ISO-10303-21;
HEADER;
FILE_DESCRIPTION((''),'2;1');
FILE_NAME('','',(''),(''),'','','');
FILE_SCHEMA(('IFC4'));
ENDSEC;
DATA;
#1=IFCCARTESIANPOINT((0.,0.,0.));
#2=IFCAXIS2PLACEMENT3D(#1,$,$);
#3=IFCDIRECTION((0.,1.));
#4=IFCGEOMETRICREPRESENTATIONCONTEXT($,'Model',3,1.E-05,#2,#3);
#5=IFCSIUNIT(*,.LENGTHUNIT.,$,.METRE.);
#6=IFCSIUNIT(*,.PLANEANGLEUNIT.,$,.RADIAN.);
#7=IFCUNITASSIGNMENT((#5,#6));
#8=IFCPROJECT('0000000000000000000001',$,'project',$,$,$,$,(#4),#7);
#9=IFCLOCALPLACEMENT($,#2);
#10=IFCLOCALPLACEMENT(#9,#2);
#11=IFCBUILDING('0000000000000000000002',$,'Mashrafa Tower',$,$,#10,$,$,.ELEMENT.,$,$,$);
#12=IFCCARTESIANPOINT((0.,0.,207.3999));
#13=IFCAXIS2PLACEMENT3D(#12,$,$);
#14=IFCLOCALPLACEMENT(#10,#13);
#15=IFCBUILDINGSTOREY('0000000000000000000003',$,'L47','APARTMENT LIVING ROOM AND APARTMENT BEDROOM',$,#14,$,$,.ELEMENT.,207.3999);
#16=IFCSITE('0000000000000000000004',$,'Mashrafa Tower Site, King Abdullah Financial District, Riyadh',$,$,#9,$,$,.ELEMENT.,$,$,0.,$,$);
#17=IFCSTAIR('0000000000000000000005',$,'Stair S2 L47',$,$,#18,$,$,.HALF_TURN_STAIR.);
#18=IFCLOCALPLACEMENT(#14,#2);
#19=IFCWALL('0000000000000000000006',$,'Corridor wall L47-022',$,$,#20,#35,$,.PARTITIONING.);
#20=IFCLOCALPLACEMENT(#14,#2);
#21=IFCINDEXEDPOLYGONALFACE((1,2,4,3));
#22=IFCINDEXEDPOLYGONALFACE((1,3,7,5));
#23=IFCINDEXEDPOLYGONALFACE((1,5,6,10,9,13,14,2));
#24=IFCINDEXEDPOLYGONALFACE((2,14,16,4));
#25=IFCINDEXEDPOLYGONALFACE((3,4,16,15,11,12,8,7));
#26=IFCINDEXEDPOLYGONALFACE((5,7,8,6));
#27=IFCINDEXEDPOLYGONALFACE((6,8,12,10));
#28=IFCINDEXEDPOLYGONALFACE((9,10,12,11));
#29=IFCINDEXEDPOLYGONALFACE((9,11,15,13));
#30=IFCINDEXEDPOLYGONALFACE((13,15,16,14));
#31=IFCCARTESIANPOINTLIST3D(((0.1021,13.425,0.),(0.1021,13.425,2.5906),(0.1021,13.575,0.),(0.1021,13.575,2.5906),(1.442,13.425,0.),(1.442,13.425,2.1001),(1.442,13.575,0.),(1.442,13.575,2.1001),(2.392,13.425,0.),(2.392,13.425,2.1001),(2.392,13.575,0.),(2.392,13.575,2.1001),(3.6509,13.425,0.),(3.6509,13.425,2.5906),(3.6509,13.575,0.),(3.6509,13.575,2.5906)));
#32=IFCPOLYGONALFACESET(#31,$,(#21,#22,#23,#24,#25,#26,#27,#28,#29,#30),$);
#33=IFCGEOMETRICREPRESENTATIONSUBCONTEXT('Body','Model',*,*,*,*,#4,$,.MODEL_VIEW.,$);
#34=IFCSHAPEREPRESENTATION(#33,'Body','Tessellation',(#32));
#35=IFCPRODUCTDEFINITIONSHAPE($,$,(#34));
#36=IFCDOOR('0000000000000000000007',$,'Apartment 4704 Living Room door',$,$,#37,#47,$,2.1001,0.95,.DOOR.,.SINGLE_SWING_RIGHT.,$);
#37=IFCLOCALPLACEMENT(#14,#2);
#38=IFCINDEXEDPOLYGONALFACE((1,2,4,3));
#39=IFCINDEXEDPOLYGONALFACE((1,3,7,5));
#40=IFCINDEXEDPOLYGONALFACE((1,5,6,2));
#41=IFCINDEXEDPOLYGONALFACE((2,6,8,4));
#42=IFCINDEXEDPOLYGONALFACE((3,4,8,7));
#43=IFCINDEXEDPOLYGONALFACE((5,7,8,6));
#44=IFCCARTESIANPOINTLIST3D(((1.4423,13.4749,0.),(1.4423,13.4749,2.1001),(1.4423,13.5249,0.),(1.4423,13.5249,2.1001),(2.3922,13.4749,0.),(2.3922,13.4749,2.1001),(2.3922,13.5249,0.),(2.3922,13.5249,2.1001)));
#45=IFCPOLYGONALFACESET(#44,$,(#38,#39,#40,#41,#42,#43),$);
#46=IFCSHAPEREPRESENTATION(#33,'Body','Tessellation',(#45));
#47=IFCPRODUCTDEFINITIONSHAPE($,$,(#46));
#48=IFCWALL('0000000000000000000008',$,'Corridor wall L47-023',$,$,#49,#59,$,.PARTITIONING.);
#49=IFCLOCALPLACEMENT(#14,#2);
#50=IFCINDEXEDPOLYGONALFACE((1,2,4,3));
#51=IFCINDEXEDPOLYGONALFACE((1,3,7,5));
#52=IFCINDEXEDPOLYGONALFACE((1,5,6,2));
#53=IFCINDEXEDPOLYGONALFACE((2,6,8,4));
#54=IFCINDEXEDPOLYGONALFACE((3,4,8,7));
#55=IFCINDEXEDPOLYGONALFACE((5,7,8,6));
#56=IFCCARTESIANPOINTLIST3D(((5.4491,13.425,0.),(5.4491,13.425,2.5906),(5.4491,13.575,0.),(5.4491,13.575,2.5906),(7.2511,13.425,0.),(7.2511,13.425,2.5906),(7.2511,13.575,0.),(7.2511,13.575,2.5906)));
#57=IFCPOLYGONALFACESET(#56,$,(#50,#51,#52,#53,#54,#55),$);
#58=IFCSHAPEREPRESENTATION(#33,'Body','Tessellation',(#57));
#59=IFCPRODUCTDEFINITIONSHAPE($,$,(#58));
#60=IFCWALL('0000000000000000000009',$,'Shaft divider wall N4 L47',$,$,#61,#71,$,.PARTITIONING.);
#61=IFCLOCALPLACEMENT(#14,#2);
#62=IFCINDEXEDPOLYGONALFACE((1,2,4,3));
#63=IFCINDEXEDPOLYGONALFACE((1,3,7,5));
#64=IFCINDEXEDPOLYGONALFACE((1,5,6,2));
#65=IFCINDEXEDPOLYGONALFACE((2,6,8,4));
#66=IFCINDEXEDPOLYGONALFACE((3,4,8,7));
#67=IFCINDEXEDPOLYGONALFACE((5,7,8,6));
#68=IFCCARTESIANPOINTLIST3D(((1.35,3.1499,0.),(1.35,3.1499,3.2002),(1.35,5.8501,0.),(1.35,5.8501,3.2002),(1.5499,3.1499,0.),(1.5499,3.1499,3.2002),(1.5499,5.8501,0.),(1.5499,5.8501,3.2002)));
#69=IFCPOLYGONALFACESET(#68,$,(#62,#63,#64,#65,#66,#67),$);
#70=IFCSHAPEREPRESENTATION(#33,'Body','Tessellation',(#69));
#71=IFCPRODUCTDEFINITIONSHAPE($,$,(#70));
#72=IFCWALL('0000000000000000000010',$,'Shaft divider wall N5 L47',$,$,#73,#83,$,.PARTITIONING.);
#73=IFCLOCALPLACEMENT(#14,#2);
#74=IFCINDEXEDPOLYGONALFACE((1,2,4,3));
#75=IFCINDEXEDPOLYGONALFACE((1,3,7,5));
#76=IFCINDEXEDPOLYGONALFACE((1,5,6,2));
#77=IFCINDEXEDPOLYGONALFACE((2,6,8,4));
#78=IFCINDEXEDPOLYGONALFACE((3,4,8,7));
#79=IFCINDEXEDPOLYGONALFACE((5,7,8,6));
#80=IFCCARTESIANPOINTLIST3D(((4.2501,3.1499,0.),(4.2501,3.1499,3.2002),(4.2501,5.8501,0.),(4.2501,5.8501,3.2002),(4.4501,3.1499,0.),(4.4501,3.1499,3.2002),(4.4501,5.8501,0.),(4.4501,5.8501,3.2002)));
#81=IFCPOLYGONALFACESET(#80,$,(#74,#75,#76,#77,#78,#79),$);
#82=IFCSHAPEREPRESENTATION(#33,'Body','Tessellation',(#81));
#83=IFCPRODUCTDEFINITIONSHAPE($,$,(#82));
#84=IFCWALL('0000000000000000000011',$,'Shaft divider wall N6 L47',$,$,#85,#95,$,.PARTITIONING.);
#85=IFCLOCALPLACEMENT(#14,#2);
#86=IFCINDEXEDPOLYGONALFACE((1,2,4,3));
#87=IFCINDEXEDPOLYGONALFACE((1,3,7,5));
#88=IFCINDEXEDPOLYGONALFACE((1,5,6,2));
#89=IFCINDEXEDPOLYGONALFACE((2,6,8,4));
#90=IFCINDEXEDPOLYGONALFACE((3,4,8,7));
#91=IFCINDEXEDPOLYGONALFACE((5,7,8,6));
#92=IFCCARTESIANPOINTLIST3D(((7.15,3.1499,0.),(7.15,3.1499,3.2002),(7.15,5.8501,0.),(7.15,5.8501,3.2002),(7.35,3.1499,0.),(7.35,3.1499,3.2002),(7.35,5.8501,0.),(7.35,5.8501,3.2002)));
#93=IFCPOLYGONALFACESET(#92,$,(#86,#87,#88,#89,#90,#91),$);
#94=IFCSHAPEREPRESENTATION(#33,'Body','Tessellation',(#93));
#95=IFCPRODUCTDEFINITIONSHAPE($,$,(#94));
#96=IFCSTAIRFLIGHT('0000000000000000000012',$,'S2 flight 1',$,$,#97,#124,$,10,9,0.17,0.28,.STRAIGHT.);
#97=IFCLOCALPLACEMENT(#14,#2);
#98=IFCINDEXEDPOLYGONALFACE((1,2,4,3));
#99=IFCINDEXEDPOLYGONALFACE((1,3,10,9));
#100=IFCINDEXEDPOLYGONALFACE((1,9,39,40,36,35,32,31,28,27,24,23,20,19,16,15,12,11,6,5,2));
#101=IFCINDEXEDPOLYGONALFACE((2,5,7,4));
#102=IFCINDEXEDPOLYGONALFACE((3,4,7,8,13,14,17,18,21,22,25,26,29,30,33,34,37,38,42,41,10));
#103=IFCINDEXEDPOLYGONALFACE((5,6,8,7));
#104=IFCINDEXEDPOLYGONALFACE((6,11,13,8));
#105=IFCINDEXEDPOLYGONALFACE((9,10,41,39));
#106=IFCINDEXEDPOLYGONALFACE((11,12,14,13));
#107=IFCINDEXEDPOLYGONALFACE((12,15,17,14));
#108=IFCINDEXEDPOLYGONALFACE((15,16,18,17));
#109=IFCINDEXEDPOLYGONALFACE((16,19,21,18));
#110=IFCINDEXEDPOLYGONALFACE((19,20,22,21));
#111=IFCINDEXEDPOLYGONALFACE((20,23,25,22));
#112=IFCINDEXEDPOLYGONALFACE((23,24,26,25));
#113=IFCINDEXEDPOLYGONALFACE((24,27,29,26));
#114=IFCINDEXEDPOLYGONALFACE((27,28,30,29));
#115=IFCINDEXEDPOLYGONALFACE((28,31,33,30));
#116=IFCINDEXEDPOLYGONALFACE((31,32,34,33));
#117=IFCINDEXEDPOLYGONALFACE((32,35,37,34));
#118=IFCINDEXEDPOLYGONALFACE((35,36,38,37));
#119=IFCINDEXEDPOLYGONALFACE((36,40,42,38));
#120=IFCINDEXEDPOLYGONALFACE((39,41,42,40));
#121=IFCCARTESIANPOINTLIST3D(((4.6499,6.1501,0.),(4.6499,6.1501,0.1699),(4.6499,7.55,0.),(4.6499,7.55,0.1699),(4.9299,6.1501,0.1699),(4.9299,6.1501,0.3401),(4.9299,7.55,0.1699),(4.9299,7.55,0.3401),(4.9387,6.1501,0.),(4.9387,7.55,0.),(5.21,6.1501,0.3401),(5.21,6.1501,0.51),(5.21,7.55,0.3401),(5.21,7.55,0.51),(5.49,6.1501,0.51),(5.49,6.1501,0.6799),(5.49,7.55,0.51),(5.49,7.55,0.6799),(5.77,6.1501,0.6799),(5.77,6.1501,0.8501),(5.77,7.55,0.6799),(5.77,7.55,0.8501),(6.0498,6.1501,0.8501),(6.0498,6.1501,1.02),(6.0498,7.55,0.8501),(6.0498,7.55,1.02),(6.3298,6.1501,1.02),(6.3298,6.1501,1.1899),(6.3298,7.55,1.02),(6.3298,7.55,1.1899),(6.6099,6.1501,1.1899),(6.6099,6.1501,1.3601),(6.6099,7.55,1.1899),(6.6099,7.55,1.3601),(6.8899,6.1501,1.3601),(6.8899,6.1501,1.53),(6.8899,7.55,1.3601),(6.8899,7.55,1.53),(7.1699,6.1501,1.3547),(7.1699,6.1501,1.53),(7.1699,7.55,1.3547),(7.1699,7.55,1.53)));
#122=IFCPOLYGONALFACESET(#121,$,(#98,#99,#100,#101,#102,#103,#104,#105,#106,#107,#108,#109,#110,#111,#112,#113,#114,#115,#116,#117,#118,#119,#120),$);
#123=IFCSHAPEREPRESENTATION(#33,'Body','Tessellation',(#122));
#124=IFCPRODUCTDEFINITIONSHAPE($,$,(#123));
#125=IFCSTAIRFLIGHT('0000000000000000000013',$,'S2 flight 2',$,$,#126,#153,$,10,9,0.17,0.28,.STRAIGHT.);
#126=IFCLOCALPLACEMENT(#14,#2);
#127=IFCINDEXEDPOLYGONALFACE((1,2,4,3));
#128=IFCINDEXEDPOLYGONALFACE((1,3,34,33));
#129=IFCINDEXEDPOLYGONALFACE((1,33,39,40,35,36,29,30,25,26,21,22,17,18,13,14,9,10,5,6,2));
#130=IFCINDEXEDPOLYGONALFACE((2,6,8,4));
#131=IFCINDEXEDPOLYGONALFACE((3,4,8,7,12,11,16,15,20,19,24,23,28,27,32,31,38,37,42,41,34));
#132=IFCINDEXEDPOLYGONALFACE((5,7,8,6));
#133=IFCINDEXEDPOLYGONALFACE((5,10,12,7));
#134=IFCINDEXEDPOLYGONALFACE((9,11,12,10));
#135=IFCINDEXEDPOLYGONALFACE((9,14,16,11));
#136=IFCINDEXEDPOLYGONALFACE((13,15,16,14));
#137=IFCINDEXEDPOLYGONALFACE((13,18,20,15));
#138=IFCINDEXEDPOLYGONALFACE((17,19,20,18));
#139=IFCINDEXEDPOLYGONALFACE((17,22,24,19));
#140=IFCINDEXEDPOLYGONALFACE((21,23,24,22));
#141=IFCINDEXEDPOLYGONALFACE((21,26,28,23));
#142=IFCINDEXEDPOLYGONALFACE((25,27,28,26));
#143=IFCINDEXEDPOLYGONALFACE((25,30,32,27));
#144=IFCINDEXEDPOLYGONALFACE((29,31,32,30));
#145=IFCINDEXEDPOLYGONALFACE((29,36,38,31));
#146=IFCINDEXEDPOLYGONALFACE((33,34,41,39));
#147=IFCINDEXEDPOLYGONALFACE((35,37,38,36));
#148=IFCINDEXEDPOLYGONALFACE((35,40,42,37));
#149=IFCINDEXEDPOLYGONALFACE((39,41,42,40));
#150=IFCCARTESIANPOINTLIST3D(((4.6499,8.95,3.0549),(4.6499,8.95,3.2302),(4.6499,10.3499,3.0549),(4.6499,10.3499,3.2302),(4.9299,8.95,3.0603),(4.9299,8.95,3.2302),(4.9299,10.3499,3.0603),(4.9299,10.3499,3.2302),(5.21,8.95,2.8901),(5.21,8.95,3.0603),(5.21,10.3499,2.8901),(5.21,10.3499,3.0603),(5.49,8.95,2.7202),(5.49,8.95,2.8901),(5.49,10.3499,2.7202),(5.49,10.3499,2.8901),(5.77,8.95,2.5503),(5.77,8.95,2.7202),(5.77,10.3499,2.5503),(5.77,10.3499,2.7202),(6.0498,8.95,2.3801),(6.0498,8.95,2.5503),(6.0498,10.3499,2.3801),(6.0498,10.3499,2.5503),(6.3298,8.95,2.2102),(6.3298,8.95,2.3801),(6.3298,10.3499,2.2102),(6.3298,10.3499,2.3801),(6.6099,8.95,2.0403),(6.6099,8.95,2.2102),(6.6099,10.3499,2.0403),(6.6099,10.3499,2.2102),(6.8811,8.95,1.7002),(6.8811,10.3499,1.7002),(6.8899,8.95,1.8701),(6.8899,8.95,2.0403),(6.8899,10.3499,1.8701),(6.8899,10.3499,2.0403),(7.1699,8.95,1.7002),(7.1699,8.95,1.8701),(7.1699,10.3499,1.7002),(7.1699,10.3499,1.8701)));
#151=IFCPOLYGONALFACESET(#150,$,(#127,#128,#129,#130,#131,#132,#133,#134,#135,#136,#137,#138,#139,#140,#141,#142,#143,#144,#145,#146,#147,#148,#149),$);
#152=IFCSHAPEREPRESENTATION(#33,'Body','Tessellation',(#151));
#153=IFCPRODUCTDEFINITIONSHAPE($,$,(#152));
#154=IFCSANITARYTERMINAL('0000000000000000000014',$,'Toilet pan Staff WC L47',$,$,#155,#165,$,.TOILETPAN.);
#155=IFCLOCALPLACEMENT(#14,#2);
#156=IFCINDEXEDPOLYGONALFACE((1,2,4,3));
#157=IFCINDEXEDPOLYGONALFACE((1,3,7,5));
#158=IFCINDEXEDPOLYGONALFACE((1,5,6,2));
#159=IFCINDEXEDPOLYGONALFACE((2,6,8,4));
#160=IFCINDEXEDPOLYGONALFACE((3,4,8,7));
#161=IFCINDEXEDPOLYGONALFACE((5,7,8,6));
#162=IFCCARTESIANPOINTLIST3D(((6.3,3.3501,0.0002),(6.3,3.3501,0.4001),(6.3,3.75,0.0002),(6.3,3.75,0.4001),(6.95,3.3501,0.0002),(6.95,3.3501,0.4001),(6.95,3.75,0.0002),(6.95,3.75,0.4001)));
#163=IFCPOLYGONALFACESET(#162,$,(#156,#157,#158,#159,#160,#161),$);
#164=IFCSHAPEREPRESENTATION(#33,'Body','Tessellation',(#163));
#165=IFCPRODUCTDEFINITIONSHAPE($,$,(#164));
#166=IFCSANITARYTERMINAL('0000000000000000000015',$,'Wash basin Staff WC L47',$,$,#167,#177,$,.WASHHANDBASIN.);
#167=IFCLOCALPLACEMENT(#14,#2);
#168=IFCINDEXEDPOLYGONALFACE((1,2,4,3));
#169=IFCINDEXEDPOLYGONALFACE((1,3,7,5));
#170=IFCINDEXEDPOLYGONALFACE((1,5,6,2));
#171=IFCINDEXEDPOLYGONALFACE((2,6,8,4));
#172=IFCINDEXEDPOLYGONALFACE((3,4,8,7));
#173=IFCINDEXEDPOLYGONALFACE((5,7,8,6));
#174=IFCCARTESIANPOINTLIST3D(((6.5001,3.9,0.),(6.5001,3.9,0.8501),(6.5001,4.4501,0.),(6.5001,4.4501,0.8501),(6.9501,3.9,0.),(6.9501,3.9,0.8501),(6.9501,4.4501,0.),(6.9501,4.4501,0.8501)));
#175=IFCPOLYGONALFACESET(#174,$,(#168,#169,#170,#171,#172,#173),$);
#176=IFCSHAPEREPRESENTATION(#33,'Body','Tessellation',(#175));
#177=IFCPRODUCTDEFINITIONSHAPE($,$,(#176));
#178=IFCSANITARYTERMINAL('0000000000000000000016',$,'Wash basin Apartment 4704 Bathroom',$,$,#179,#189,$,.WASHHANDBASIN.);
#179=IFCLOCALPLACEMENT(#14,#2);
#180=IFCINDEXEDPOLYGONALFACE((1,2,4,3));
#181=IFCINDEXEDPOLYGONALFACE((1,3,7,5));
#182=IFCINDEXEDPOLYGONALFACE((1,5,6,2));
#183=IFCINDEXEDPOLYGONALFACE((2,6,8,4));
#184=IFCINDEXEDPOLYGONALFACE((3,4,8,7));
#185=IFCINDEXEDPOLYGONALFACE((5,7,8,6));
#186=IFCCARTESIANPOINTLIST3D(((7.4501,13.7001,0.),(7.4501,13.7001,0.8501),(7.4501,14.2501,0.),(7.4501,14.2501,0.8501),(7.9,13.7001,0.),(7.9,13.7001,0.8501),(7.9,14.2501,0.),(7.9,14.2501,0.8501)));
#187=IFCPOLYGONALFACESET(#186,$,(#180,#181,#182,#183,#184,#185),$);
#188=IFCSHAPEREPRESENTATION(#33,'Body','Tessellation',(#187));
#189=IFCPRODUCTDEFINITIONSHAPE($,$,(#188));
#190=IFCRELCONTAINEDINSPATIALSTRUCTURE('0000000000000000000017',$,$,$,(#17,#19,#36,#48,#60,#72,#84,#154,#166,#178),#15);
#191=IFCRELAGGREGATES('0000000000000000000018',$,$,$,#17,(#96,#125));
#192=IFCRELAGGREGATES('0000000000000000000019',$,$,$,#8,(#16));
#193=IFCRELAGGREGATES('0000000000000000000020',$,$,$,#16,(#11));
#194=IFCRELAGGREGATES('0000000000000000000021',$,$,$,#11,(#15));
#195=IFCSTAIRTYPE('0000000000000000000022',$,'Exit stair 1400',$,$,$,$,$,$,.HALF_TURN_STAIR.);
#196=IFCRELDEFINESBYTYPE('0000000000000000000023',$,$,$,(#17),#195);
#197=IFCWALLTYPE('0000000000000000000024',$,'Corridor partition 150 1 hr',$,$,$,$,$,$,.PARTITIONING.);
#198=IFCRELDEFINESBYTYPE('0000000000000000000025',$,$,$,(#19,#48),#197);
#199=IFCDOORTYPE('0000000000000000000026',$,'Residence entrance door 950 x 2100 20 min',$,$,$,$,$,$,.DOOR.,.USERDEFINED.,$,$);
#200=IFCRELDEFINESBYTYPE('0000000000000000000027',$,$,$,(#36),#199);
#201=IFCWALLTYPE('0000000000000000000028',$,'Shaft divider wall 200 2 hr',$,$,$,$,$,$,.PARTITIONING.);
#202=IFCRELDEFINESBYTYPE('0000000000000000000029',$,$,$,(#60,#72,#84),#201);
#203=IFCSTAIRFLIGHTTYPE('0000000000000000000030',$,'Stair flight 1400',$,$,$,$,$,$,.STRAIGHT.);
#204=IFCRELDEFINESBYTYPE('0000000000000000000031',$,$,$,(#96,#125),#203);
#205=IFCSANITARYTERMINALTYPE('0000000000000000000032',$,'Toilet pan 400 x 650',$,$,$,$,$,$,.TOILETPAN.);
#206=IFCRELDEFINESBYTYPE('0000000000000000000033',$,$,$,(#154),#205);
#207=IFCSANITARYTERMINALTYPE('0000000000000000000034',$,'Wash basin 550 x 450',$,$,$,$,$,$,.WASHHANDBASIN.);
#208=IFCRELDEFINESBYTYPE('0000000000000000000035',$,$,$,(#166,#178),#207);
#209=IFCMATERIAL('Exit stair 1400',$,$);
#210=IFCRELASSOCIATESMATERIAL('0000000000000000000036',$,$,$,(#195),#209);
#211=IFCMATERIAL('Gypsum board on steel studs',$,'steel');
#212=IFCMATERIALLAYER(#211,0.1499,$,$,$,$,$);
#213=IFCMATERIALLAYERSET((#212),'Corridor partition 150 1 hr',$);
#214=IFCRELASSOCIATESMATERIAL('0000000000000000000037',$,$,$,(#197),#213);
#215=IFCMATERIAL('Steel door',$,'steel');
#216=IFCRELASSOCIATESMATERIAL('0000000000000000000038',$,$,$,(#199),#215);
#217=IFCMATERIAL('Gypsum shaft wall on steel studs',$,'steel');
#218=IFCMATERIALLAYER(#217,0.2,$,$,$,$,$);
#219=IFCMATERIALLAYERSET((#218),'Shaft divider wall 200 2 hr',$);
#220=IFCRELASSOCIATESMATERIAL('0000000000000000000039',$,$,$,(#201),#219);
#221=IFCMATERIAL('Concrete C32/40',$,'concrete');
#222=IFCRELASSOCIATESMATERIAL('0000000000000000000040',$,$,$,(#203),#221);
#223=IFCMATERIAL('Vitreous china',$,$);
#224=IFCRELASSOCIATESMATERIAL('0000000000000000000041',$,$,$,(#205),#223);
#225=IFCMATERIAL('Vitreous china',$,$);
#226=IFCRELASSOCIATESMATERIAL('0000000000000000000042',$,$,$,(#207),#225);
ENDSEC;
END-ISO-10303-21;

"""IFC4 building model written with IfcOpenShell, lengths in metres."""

from ifc_helpers import new_model, si_unit, direction, frame, frame_2d, origin, origin_2d, place, context, subcontext, project, spatial, polyline, rectangle, outline, extrude, material, layer, layer_set, type_object, element, fill, aggregate, save


model = new_model("IFC4")

# Units and contexts
model_context = context("Model", 3, precision=1e-05, world=origin(), true_north=direction((0.0, 1.0)))
body_context = subcontext(model_context, "Body", "Model", "MODEL_VIEW")
ifc_project = project(units=[si_unit("LENGTHUNIT", "METRE"), si_unit("PLANEANGLEUNIT", "RADIAN")], contexts=[model_context])

# Site, building, storey
site_placement = place(None, origin())
site = spatial("IfcSite", under=ifc_project, at=site_placement, Name="Mashrafa Tower Site, King Abdullah Financial District, Riyadh", CompositionType="ELEMENT", RefElevation=0.0)
building_placement = place(site_placement, origin())
building = spatial("IfcBuilding", under=site, at=building_placement, Name="Mashrafa Tower", CompositionType="ELEMENT")
storey_placement = place(building_placement, frame((0.0, 0.0, 207.3999)))
storey = spatial("IfcBuildingStorey", under=building, at=storey_placement, Name="L47", Description="APARTMENT LIVING ROOM AND APARTMENT BEDROOM", CompositionType="ELEMENT", Elevation=207.3999)

# Shared definitions
ifc_material_1 = material(Name="Exit stair 1400")
stair_type = type_object("IfcStairType", Name="Exit stair 1400", PredefinedType="HALF_TURN_STAIR", material=ifc_material_1)

# Stair
stair_1_placement = place(storey_placement, origin())
stair_1 = element("IfcStair", 1, at=stair_1_placement, inside=storey, type_object=stair_type, Name="Stair S2 L47", PredefinedType="HALF_TURN_STAIR")

# Shared definitions
ifc_material_2 = material(Name="Gypsum board on steel studs", Category="steel")
ifc_layer_1 = layer(ifc_material_2, 0.1499)
ifc_layer_set_1 = layer_set([ifc_layer_1], Name="Corridor partition 150 1 hr")
wall_type_1 = type_object("IfcWallType", Name="Corridor partition 150 1 hr", PredefinedType="PARTITIONING", material=ifc_layer_set_1)

# Wall, opening, door
wall_1_placement = place(storey_placement, frame((3.6509, 13.5, 0.0), z_axis=(0.0, 0.0, 1.0), x_axis=(-1.0, 0.0, 0.0)))
wall_1 = element("IfcWall", 2, at=wall_1_placement, inside=storey, type_object=wall_type_1, Name="Corridor wall L47-022", PredefinedType="PARTITIONING", context=body_context, shape_type="SweptSolid", body=[
    extrude(rectangle(XDim=3.5488, YDim=0.1499, at=frame_2d((1.7744, 0.0))), origin(), (0.0, 0.0, 1.0), 2.5906),
])
opening_1_placement = place(wall_1_placement, frame((1.2588, 0.0, 0.0)))
opening_1 = element("IfcOpeningElement", 3, at=opening_1_placement, cuts=wall_1, PredefinedType="OPENING", context=body_context, shape_type="SweptSolid", body=[
    extrude(rectangle(XDim=0.95, YDim=2.1001, at=frame_2d((0.4751, 1.05))), frame((0.0, 0.085, 0.0), z_axis=(0.0, -1.0, 0.0), x_axis=(1.0, 0.0, 0.0)), (0.0, 0.0, 1.0), 0.1699),
])
ifc_material_3 = material(Name="Steel door", Category="steel")
door_type_1 = type_object("IfcDoorType", Name="Residence entrance door 950 x 2100 20 min", OperationType="USERDEFINED", PredefinedType="DOOR", material=ifc_material_3)
door_1_placement = place(opening_1_placement, frame((0.95, 0.0, 0.0), z_axis=(0.0, 0.0, 1.0), x_axis=(-1.0, 0.0, 0.0)))
door_1 = element("IfcDoor", 4, at=door_1_placement, inside=storey, type_object=door_type_1, Name="Apartment 4704 Living Room door", OperationType="SINGLE_SWING_RIGHT", OverallHeight=2.1001, OverallWidth=0.95, PredefinedType="DOOR", context=body_context, shape_type="SweptSolid", body=[
    extrude(rectangle(XDim=0.95, YDim=2.1001, at=frame_2d((0.4751, 1.05))), frame((0.0, 0.0249, 0.0), z_axis=(0.0, -1.0, 0.0), x_axis=(1.0, 0.0, 0.0)), (0.0, 0.0, 1.0), 0.05),
])
fill(opening_1, door_1)

# Walls
wall_2_placement = place(storey_placement, frame((7.251, 13.5, 0.0), z_axis=(0.0, 0.0, 1.0), x_axis=(-1.0, 0.0, 0.0)))
element("IfcWall", 5, at=wall_2_placement, inside=storey, type_object=wall_type_1, Name="Corridor wall L47-023", PredefinedType="PARTITIONING", context=body_context, shape_type="SweptSolid", body=[
    extrude(rectangle(XDim=1.802, YDim=0.1499, at=frame_2d((0.9009, 0.0))), origin(), (0.0, 0.0, 1.0), 2.5906),
])
ifc_material_4 = material(Name="Gypsum shaft wall on steel studs", Category="steel")
ifc_layer_2 = layer(ifc_material_4, 0.2)
ifc_layer_set_2 = layer_set([ifc_layer_2], Name="Shaft divider wall 200 2 hr")
wall_type_2 = type_object("IfcWallType", Name="Shaft divider wall 200 2 hr", PredefinedType="PARTITIONING", material=ifc_layer_set_2)
for number, where, z_axis, x_axis, name in (
    (6, (1.45, 3.1499, 0.0), (0.0, 0.0, 1.0), (0.0, 1.0, 0.0), "Shaft divider wall N4 L47"),
    (7, (4.3501, 3.1499, 0.0), (0.0, 0.0, 1.0), (0.0, 1.0, 0.0), "Shaft divider wall N5 L47"),
    (8, (7.25, 3.1499, 0.0), (0.0, 0.0, 1.0), (0.0, 1.0, 0.0), "Shaft divider wall N6 L47"),
):
    element("IfcWall", number, at=place(storey_placement, frame(where, z_axis=z_axis, x_axis=x_axis)), inside=storey, type_object=wall_type_2, Name=name, PredefinedType="PARTITIONING", context=body_context, shape_type="SweptSolid", body=[
        extrude(rectangle(XDim=2.7002, YDim=0.2, at=frame_2d((1.3501, 0.0))), origin(), (0.0, 0.0, 1.0), 3.2002),
    ])

# Stair flights
ifc_material_5 = material(Name="Concrete C32/40", Category="concrete")
stair_flight_type = type_object("IfcStairFlightType", Name="Stair flight 1400", PredefinedType="STRAIGHT", material=ifc_material_5)
stair_flight_1_placement = place(storey_placement, frame((4.6499, 6.8501, 0.0), z_axis=(0.0, 0.0, 1.0), x_axis=(1.0, 0.0, 0.0)))
stair_flight_1 = element("IfcStairFlight", 9, at=stair_flight_1_placement, type_object=stair_flight_type, Name="S2 flight 1", NumberOfRisers=10, NumberOfTreads=9, PredefinedType="STRAIGHT", RiserHeight=0.17, TreadLength=0.28, context=body_context, shape_type="SweptSolid", body=[
    extrude(outline(polyline([(0.0, 0.0), (0.0, 0.1699), (0.28, 0.1699), (0.28, 0.3401), (0.5601, 0.3401), (0.5601, 0.51), (0.8401, 0.51), (0.8401, 0.6799), (1.1201, 0.6799), (1.1201, 0.8501), (1.3999, 0.8501), (1.3999, 1.02), (1.6799, 1.02), (1.6799, 1.1899), (1.96, 1.1899), (1.96, 1.3601), (2.24, 1.3601), (2.24, 1.53), (2.52, 1.53), (2.52, 1.7), (2.52, 1.3547), (0.2888, 0.0), (0.0, 0.0)])), frame((0.0, 0.7, 0.0), z_axis=(0.0, -1.0, 0.0), x_axis=(1.0, 0.0, 0.0)), (0.0, 0.0, 1.0), 1.3999),
])
stair_flight_2_placement = place(storey_placement, frame((7.1699, 9.6499, 1.7002), z_axis=(0.0, 0.0, 1.0), x_axis=(-1.0, 0.0, 0.0)))
stair_flight_2 = element("IfcStairFlight", 10, at=stair_flight_2_placement, type_object=stair_flight_type, Name="S2 flight 2", NumberOfRisers=10, NumberOfTreads=9, PredefinedType="STRAIGHT", RiserHeight=0.17, TreadLength=0.28, context=body_context, shape_type="SweptSolid", body=[
    extrude(outline(polyline([(0.0, 0.0), (0.0, 0.1699), (0.28, 0.1699), (0.28, 0.3401), (0.5601, 0.3401), (0.5601, 0.51), (0.8401, 0.51), (0.8401, 0.6799), (1.1201, 0.6799), (1.1201, 0.8501), (1.3999, 0.8501), (1.3999, 1.02), (1.6799, 1.02), (1.6799, 1.1899), (1.96, 1.1899), (1.96, 1.3601), (2.24, 1.3601), (2.24, 1.53), (2.52, 1.53), (2.52, 1.7), (2.52, 1.3547), (0.2888, 0.0), (0.0, 0.0)])), frame((0.0, 0.7, 0.0), z_axis=(0.0, -1.0, 0.0), x_axis=(1.0, 0.0, 0.0)), (0.0, 0.0, 1.0), 1.3999),
])
aggregate(stair_1, [stair_flight_1, stair_flight_2])

# Sanitary terminals
ifc_material_6 = material(Name="Vitreous china")
sanitary_terminal_type_1 = type_object("IfcSanitaryTerminalType", Name="Toilet pan 400 x 650", PredefinedType="TOILETPAN", material=ifc_material_6)
sanitary_terminal_placement = place(storey_placement, frame((6.625, 3.55, 0.0002), z_axis=(0.0, 0.0, 1.0), x_axis=(0.0, 1.0, 0.0)))
element("IfcSanitaryTerminal", 11, at=sanitary_terminal_placement, inside=storey, type_object=sanitary_terminal_type_1, Name="Toilet pan Staff WC L47", PredefinedType="TOILETPAN", context=body_context, shape_type="SweptSolid", body=[
    extrude(rectangle(XDim=0.3999, YDim=0.6499, at=origin_2d()), origin(), (0.0, 0.0, 1.0), 0.3999),
])
ifc_material_7 = material(Name="Vitreous china")
sanitary_terminal_type_2 = type_object("IfcSanitaryTerminalType", Name="Wash basin 550 x 450", PredefinedType="WASHHANDBASIN", material=ifc_material_7)
for number, where, z_axis, x_axis, name in (
    (12, (6.7251, 4.175, 0.0), (0.0, 0.0, 1.0), (0.0, 1.0, 0.0), "Wash basin Staff WC L47"),
    (13, (7.675, 13.9751, 0.0), (0.0, 0.0, 1.0), (0.0, -1.0, 0.0), "Wash basin Apartment 4704 Bathroom"),
):
    element("IfcSanitaryTerminal", number, at=place(storey_placement, frame(where, z_axis=z_axis, x_axis=x_axis)), inside=storey, type_object=sanitary_terminal_type_2, Name=name, PredefinedType="WASHHANDBASIN", context=body_context, shape_type="SweptSolid", body=[
        extrude(rectangle(XDim=0.55, YDim=0.45, at=origin_2d()), origin(), (0.0, 0.0, 1.0), 0.8501),
    ])

save(model, "model.ifc")
